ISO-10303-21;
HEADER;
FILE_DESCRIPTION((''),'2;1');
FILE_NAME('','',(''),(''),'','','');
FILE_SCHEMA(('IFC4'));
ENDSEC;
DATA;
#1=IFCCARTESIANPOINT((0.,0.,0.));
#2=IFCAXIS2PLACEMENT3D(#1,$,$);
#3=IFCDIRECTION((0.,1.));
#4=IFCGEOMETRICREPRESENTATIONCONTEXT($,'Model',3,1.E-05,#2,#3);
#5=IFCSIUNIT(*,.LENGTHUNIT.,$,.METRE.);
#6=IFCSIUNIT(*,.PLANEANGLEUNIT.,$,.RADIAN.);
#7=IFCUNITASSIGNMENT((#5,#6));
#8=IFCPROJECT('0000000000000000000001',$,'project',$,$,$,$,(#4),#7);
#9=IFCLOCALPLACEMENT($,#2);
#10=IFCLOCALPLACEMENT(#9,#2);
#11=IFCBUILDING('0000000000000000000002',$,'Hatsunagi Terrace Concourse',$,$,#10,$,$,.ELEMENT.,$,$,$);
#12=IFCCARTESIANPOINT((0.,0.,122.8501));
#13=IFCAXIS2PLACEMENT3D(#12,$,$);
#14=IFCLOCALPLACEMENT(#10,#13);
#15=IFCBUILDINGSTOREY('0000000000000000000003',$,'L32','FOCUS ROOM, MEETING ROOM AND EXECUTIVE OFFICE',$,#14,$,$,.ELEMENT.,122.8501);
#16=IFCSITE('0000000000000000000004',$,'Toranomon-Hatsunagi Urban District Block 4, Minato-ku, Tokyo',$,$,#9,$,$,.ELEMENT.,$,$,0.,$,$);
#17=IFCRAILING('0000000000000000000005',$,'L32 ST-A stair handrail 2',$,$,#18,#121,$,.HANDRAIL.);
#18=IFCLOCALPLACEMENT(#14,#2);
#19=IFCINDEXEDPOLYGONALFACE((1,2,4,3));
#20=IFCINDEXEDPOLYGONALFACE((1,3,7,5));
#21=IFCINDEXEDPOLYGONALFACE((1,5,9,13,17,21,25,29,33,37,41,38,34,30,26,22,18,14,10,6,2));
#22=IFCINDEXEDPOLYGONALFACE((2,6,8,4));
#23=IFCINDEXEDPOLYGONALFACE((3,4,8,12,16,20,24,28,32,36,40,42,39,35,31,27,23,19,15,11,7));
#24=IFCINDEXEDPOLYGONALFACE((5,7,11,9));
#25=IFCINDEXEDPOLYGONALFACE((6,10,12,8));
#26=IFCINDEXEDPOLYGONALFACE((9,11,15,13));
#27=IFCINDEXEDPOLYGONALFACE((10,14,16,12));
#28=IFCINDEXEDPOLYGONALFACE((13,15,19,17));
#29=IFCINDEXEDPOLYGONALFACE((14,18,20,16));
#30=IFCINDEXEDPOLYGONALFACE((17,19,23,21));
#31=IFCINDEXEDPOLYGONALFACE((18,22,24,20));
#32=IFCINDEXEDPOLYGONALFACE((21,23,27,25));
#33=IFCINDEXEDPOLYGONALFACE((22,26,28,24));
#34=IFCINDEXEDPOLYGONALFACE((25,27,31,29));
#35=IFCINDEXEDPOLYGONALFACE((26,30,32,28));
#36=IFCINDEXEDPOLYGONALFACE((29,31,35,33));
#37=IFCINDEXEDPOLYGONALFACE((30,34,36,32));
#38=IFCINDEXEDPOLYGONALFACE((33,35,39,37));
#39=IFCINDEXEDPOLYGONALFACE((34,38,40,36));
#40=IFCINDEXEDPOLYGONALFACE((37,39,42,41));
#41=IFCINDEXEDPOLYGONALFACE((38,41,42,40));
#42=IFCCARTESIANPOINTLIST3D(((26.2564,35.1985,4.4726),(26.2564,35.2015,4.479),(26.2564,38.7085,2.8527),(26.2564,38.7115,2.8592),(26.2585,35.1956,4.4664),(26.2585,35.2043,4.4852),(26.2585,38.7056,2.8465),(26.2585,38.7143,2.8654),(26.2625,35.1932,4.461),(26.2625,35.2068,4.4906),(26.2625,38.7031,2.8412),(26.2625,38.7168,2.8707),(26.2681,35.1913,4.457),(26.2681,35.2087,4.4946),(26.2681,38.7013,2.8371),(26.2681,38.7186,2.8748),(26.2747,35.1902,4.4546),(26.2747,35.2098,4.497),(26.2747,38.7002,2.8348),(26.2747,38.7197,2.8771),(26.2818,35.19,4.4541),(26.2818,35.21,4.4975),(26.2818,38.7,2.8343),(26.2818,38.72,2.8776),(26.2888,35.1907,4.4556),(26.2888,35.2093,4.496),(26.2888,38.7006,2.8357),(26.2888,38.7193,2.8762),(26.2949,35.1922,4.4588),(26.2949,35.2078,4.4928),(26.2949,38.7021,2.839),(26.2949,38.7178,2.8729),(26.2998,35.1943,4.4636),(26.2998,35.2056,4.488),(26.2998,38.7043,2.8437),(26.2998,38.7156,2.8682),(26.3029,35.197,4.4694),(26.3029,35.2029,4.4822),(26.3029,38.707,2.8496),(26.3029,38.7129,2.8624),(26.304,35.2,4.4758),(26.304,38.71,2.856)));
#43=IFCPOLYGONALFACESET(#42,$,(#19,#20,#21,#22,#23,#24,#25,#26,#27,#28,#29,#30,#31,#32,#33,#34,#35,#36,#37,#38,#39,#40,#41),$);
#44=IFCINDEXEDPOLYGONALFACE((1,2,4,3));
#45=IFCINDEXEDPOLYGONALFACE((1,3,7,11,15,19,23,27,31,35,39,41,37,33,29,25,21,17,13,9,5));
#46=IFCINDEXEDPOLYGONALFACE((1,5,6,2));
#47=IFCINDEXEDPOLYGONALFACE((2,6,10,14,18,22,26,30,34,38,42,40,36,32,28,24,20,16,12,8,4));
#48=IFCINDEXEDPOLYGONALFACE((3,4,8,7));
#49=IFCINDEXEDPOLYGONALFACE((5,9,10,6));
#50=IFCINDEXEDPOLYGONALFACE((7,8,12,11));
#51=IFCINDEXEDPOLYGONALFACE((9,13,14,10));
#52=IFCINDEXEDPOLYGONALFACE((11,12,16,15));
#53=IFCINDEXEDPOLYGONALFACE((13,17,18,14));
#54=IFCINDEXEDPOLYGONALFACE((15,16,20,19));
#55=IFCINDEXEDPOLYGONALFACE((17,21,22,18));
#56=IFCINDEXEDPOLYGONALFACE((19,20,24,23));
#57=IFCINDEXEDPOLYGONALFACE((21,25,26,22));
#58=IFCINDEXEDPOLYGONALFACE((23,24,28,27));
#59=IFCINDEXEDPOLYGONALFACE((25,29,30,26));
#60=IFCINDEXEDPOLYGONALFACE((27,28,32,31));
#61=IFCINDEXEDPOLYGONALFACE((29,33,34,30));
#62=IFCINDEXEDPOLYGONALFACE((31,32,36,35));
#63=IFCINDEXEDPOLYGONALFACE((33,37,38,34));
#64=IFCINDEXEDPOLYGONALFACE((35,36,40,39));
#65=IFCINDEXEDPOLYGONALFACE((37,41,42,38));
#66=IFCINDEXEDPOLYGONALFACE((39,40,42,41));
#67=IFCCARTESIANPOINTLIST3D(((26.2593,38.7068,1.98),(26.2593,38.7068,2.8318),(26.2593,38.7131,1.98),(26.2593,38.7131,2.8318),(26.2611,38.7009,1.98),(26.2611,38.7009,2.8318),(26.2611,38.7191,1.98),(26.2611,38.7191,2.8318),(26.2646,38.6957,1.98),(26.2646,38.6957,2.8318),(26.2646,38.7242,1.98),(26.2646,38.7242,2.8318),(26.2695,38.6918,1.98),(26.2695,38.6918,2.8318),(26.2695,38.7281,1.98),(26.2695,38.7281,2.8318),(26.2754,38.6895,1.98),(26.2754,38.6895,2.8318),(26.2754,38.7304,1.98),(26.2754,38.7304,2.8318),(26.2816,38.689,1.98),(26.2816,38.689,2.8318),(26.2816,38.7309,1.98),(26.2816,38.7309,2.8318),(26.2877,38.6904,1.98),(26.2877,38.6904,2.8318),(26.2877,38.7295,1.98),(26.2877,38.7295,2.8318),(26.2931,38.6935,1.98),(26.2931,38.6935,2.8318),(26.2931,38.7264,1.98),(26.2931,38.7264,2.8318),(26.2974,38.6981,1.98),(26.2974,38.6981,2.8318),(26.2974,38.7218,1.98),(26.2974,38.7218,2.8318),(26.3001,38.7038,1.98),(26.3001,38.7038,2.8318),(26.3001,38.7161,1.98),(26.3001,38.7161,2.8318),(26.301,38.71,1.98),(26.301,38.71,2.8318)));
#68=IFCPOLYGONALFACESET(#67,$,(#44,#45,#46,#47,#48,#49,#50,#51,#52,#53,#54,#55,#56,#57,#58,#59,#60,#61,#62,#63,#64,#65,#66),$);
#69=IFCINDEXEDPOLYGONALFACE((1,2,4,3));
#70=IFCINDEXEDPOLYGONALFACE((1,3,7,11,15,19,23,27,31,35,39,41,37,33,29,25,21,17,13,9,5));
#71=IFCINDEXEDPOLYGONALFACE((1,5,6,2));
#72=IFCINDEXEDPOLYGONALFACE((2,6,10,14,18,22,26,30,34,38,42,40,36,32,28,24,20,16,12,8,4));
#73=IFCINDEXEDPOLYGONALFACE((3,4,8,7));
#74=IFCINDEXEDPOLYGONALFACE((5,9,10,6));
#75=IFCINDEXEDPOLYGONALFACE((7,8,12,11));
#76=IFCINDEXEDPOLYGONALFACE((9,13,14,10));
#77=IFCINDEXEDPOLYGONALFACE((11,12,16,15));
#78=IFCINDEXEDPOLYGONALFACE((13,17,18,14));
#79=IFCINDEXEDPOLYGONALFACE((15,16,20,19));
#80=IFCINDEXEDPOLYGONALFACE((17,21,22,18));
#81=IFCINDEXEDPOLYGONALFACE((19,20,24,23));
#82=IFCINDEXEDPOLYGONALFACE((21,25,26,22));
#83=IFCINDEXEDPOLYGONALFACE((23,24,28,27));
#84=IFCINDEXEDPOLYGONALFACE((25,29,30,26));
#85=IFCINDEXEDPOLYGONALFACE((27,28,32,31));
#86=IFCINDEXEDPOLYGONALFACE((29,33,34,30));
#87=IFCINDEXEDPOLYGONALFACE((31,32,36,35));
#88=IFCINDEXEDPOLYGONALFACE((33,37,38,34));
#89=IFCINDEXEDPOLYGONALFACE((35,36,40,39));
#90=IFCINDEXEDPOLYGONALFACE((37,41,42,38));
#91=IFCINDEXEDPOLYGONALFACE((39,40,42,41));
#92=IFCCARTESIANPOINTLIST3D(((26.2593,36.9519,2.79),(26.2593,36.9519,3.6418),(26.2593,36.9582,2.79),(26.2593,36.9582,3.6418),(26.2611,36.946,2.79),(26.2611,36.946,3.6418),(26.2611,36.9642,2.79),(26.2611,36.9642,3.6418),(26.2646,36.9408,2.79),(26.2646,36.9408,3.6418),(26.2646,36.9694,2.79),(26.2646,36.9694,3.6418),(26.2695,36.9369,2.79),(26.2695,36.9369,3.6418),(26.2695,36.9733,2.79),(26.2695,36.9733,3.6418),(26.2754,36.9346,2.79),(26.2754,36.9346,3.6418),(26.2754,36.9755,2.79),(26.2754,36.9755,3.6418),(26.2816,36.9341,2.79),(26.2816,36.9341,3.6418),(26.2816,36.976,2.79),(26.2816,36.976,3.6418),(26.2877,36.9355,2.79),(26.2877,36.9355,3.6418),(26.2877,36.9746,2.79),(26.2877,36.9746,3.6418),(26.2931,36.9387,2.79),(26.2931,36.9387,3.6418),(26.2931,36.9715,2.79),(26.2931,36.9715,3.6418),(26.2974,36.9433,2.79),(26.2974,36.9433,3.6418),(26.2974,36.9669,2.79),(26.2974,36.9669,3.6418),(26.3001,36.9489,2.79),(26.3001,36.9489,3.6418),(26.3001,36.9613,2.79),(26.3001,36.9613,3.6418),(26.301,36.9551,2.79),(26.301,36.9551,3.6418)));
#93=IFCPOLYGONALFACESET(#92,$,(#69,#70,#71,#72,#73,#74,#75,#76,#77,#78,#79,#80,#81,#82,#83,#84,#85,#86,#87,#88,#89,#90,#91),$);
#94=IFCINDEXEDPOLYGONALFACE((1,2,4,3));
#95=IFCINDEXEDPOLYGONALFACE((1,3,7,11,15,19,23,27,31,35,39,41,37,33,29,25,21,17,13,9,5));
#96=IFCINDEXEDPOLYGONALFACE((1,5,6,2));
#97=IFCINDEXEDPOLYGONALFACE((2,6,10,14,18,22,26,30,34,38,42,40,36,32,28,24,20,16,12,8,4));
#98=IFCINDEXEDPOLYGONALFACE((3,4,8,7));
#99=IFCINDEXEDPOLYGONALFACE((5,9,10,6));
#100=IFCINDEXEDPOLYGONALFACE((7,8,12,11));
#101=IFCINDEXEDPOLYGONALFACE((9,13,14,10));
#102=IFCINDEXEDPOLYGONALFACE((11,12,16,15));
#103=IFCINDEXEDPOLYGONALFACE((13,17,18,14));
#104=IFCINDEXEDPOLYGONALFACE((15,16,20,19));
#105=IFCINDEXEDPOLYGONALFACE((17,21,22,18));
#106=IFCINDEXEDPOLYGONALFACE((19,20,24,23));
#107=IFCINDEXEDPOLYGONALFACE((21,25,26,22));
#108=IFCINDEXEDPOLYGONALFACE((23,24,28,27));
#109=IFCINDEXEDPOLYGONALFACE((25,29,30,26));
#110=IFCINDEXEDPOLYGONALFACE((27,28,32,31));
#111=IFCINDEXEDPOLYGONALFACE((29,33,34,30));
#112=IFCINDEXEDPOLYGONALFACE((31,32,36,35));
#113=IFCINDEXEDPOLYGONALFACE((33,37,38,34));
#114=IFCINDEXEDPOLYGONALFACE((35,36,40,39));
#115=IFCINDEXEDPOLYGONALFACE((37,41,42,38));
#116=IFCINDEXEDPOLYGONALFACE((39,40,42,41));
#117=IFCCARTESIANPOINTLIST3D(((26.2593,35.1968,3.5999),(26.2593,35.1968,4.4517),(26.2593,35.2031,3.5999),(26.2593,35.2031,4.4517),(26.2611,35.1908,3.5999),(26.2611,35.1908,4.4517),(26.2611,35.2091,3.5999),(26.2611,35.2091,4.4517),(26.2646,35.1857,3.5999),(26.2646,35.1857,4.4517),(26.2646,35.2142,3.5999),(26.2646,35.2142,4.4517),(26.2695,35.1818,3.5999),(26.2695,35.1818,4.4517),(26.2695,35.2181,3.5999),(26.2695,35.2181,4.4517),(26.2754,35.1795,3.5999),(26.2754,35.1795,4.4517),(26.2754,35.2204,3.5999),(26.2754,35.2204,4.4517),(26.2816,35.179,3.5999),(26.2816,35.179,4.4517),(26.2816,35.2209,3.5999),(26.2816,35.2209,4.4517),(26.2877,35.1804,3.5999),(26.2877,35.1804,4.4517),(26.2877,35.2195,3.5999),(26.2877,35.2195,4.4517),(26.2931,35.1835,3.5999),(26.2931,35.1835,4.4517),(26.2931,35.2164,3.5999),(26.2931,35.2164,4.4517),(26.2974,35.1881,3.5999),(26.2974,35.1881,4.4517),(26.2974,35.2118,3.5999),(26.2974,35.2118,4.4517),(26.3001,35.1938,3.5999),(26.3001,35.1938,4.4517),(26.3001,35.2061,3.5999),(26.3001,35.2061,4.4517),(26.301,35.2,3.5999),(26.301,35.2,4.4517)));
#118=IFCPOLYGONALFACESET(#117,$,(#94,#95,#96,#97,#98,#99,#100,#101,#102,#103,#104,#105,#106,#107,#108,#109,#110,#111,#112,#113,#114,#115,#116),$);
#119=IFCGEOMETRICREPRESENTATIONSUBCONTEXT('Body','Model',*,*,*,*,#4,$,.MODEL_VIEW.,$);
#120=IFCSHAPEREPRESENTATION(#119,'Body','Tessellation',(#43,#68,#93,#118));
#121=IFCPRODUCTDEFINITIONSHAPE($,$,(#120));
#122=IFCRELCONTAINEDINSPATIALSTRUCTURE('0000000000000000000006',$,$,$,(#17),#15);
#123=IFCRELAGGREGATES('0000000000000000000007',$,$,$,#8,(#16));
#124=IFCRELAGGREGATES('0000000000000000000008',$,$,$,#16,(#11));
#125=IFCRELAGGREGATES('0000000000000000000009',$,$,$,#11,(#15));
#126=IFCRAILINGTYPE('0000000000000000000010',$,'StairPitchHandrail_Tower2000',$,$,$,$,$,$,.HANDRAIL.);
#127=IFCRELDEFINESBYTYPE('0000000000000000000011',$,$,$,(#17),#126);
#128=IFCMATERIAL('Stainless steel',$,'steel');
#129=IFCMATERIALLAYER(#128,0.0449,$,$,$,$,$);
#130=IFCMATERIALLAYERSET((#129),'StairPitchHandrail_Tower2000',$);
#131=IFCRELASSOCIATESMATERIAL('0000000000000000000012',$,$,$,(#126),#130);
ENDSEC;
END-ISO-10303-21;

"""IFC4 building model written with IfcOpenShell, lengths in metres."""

from ifc_helpers import new_model, si_unit, direction, frame, origin, origin_2d, place, context, subcontext, project, spatial, circle, extrude, material, layer, layer_set, type_object, element, save


model = new_model("IFC4")

# Units and contexts
model_context = context("Model", 3, precision=1e-05, world=origin(), true_north=direction((0.0, 1.0)))
body_context = subcontext(model_context, "Body", "Model", "MODEL_VIEW")
ifc_project = project(units=[si_unit("LENGTHUNIT", "METRE"), si_unit("PLANEANGLEUNIT", "RADIAN")], contexts=[model_context])

# Site, building, storey
site_placement = place(None, origin())
site = spatial("IfcSite", under=ifc_project, at=site_placement, Name="Toranomon-Hatsunagi Urban District Block 4, Minato-ku, Tokyo", CompositionType="ELEMENT", RefElevation=0.0)
building_placement = place(site_placement, origin())
building = spatial("IfcBuilding", under=site, at=building_placement, Name="Hatsunagi Terrace Concourse", CompositionType="ELEMENT")
storey_placement = place(building_placement, frame((0.0, 0.0, 122.8501)))
storey = spatial("IfcBuildingStorey", under=building, at=storey_placement, Name="L32", Description="FOCUS ROOM, MEETING ROOM AND EXECUTIVE OFFICE", CompositionType="ELEMENT", Elevation=122.8501)

# Railing
ifc_material_1 = material(Name="Stainless steel", Category="steel")
ifc_layer_1 = layer(ifc_material_1, 0.0449)
ifc_layer_set_1 = layer_set([ifc_layer_1], Name="StairPitchHandrail_Tower2000")
railing_type_1 = type_object("IfcRailingType", Name="StairPitchHandrail_Tower2000", PredefinedType="HANDRAIL", material=ifc_layer_set_1)
railing_1_placement = place(storey_placement, frame((26.28, 38.71, 1.98)))
element("IfcRailing", 1, at=railing_1_placement, inside=storey, type_object=railing_type_1, Name="L32 ST-A stair handrail 2", PredefinedType="HANDRAIL", context=body_context, shape_type="SweptSolid", body=[
    extrude(circle(Radius=0.0239, at=origin_2d()), frame((0.0, 0.0, 0.876), z_axis=(0.0, -0.907972, 0.41903), x_axis=(1.0, 0.0, 0.0)), (0.0, 0.0, 1.0), 3.8657),
    extrude(circle(Radius=0.021, at=origin_2d()), origin(), (0.0, 0.0, 1.0), 0.8518),
    extrude(circle(Radius=0.021, at=origin_2d()), frame((0.0, -1.7549, 0.8101)), (0.0, 0.0, 1.0), 0.8518),
    extrude(circle(Radius=0.021, at=origin_2d()), frame((0.0, -3.51, 1.6199)), (0.0, 0.0, 1.0), 0.8518),
])

save(model, "model.ifc")
